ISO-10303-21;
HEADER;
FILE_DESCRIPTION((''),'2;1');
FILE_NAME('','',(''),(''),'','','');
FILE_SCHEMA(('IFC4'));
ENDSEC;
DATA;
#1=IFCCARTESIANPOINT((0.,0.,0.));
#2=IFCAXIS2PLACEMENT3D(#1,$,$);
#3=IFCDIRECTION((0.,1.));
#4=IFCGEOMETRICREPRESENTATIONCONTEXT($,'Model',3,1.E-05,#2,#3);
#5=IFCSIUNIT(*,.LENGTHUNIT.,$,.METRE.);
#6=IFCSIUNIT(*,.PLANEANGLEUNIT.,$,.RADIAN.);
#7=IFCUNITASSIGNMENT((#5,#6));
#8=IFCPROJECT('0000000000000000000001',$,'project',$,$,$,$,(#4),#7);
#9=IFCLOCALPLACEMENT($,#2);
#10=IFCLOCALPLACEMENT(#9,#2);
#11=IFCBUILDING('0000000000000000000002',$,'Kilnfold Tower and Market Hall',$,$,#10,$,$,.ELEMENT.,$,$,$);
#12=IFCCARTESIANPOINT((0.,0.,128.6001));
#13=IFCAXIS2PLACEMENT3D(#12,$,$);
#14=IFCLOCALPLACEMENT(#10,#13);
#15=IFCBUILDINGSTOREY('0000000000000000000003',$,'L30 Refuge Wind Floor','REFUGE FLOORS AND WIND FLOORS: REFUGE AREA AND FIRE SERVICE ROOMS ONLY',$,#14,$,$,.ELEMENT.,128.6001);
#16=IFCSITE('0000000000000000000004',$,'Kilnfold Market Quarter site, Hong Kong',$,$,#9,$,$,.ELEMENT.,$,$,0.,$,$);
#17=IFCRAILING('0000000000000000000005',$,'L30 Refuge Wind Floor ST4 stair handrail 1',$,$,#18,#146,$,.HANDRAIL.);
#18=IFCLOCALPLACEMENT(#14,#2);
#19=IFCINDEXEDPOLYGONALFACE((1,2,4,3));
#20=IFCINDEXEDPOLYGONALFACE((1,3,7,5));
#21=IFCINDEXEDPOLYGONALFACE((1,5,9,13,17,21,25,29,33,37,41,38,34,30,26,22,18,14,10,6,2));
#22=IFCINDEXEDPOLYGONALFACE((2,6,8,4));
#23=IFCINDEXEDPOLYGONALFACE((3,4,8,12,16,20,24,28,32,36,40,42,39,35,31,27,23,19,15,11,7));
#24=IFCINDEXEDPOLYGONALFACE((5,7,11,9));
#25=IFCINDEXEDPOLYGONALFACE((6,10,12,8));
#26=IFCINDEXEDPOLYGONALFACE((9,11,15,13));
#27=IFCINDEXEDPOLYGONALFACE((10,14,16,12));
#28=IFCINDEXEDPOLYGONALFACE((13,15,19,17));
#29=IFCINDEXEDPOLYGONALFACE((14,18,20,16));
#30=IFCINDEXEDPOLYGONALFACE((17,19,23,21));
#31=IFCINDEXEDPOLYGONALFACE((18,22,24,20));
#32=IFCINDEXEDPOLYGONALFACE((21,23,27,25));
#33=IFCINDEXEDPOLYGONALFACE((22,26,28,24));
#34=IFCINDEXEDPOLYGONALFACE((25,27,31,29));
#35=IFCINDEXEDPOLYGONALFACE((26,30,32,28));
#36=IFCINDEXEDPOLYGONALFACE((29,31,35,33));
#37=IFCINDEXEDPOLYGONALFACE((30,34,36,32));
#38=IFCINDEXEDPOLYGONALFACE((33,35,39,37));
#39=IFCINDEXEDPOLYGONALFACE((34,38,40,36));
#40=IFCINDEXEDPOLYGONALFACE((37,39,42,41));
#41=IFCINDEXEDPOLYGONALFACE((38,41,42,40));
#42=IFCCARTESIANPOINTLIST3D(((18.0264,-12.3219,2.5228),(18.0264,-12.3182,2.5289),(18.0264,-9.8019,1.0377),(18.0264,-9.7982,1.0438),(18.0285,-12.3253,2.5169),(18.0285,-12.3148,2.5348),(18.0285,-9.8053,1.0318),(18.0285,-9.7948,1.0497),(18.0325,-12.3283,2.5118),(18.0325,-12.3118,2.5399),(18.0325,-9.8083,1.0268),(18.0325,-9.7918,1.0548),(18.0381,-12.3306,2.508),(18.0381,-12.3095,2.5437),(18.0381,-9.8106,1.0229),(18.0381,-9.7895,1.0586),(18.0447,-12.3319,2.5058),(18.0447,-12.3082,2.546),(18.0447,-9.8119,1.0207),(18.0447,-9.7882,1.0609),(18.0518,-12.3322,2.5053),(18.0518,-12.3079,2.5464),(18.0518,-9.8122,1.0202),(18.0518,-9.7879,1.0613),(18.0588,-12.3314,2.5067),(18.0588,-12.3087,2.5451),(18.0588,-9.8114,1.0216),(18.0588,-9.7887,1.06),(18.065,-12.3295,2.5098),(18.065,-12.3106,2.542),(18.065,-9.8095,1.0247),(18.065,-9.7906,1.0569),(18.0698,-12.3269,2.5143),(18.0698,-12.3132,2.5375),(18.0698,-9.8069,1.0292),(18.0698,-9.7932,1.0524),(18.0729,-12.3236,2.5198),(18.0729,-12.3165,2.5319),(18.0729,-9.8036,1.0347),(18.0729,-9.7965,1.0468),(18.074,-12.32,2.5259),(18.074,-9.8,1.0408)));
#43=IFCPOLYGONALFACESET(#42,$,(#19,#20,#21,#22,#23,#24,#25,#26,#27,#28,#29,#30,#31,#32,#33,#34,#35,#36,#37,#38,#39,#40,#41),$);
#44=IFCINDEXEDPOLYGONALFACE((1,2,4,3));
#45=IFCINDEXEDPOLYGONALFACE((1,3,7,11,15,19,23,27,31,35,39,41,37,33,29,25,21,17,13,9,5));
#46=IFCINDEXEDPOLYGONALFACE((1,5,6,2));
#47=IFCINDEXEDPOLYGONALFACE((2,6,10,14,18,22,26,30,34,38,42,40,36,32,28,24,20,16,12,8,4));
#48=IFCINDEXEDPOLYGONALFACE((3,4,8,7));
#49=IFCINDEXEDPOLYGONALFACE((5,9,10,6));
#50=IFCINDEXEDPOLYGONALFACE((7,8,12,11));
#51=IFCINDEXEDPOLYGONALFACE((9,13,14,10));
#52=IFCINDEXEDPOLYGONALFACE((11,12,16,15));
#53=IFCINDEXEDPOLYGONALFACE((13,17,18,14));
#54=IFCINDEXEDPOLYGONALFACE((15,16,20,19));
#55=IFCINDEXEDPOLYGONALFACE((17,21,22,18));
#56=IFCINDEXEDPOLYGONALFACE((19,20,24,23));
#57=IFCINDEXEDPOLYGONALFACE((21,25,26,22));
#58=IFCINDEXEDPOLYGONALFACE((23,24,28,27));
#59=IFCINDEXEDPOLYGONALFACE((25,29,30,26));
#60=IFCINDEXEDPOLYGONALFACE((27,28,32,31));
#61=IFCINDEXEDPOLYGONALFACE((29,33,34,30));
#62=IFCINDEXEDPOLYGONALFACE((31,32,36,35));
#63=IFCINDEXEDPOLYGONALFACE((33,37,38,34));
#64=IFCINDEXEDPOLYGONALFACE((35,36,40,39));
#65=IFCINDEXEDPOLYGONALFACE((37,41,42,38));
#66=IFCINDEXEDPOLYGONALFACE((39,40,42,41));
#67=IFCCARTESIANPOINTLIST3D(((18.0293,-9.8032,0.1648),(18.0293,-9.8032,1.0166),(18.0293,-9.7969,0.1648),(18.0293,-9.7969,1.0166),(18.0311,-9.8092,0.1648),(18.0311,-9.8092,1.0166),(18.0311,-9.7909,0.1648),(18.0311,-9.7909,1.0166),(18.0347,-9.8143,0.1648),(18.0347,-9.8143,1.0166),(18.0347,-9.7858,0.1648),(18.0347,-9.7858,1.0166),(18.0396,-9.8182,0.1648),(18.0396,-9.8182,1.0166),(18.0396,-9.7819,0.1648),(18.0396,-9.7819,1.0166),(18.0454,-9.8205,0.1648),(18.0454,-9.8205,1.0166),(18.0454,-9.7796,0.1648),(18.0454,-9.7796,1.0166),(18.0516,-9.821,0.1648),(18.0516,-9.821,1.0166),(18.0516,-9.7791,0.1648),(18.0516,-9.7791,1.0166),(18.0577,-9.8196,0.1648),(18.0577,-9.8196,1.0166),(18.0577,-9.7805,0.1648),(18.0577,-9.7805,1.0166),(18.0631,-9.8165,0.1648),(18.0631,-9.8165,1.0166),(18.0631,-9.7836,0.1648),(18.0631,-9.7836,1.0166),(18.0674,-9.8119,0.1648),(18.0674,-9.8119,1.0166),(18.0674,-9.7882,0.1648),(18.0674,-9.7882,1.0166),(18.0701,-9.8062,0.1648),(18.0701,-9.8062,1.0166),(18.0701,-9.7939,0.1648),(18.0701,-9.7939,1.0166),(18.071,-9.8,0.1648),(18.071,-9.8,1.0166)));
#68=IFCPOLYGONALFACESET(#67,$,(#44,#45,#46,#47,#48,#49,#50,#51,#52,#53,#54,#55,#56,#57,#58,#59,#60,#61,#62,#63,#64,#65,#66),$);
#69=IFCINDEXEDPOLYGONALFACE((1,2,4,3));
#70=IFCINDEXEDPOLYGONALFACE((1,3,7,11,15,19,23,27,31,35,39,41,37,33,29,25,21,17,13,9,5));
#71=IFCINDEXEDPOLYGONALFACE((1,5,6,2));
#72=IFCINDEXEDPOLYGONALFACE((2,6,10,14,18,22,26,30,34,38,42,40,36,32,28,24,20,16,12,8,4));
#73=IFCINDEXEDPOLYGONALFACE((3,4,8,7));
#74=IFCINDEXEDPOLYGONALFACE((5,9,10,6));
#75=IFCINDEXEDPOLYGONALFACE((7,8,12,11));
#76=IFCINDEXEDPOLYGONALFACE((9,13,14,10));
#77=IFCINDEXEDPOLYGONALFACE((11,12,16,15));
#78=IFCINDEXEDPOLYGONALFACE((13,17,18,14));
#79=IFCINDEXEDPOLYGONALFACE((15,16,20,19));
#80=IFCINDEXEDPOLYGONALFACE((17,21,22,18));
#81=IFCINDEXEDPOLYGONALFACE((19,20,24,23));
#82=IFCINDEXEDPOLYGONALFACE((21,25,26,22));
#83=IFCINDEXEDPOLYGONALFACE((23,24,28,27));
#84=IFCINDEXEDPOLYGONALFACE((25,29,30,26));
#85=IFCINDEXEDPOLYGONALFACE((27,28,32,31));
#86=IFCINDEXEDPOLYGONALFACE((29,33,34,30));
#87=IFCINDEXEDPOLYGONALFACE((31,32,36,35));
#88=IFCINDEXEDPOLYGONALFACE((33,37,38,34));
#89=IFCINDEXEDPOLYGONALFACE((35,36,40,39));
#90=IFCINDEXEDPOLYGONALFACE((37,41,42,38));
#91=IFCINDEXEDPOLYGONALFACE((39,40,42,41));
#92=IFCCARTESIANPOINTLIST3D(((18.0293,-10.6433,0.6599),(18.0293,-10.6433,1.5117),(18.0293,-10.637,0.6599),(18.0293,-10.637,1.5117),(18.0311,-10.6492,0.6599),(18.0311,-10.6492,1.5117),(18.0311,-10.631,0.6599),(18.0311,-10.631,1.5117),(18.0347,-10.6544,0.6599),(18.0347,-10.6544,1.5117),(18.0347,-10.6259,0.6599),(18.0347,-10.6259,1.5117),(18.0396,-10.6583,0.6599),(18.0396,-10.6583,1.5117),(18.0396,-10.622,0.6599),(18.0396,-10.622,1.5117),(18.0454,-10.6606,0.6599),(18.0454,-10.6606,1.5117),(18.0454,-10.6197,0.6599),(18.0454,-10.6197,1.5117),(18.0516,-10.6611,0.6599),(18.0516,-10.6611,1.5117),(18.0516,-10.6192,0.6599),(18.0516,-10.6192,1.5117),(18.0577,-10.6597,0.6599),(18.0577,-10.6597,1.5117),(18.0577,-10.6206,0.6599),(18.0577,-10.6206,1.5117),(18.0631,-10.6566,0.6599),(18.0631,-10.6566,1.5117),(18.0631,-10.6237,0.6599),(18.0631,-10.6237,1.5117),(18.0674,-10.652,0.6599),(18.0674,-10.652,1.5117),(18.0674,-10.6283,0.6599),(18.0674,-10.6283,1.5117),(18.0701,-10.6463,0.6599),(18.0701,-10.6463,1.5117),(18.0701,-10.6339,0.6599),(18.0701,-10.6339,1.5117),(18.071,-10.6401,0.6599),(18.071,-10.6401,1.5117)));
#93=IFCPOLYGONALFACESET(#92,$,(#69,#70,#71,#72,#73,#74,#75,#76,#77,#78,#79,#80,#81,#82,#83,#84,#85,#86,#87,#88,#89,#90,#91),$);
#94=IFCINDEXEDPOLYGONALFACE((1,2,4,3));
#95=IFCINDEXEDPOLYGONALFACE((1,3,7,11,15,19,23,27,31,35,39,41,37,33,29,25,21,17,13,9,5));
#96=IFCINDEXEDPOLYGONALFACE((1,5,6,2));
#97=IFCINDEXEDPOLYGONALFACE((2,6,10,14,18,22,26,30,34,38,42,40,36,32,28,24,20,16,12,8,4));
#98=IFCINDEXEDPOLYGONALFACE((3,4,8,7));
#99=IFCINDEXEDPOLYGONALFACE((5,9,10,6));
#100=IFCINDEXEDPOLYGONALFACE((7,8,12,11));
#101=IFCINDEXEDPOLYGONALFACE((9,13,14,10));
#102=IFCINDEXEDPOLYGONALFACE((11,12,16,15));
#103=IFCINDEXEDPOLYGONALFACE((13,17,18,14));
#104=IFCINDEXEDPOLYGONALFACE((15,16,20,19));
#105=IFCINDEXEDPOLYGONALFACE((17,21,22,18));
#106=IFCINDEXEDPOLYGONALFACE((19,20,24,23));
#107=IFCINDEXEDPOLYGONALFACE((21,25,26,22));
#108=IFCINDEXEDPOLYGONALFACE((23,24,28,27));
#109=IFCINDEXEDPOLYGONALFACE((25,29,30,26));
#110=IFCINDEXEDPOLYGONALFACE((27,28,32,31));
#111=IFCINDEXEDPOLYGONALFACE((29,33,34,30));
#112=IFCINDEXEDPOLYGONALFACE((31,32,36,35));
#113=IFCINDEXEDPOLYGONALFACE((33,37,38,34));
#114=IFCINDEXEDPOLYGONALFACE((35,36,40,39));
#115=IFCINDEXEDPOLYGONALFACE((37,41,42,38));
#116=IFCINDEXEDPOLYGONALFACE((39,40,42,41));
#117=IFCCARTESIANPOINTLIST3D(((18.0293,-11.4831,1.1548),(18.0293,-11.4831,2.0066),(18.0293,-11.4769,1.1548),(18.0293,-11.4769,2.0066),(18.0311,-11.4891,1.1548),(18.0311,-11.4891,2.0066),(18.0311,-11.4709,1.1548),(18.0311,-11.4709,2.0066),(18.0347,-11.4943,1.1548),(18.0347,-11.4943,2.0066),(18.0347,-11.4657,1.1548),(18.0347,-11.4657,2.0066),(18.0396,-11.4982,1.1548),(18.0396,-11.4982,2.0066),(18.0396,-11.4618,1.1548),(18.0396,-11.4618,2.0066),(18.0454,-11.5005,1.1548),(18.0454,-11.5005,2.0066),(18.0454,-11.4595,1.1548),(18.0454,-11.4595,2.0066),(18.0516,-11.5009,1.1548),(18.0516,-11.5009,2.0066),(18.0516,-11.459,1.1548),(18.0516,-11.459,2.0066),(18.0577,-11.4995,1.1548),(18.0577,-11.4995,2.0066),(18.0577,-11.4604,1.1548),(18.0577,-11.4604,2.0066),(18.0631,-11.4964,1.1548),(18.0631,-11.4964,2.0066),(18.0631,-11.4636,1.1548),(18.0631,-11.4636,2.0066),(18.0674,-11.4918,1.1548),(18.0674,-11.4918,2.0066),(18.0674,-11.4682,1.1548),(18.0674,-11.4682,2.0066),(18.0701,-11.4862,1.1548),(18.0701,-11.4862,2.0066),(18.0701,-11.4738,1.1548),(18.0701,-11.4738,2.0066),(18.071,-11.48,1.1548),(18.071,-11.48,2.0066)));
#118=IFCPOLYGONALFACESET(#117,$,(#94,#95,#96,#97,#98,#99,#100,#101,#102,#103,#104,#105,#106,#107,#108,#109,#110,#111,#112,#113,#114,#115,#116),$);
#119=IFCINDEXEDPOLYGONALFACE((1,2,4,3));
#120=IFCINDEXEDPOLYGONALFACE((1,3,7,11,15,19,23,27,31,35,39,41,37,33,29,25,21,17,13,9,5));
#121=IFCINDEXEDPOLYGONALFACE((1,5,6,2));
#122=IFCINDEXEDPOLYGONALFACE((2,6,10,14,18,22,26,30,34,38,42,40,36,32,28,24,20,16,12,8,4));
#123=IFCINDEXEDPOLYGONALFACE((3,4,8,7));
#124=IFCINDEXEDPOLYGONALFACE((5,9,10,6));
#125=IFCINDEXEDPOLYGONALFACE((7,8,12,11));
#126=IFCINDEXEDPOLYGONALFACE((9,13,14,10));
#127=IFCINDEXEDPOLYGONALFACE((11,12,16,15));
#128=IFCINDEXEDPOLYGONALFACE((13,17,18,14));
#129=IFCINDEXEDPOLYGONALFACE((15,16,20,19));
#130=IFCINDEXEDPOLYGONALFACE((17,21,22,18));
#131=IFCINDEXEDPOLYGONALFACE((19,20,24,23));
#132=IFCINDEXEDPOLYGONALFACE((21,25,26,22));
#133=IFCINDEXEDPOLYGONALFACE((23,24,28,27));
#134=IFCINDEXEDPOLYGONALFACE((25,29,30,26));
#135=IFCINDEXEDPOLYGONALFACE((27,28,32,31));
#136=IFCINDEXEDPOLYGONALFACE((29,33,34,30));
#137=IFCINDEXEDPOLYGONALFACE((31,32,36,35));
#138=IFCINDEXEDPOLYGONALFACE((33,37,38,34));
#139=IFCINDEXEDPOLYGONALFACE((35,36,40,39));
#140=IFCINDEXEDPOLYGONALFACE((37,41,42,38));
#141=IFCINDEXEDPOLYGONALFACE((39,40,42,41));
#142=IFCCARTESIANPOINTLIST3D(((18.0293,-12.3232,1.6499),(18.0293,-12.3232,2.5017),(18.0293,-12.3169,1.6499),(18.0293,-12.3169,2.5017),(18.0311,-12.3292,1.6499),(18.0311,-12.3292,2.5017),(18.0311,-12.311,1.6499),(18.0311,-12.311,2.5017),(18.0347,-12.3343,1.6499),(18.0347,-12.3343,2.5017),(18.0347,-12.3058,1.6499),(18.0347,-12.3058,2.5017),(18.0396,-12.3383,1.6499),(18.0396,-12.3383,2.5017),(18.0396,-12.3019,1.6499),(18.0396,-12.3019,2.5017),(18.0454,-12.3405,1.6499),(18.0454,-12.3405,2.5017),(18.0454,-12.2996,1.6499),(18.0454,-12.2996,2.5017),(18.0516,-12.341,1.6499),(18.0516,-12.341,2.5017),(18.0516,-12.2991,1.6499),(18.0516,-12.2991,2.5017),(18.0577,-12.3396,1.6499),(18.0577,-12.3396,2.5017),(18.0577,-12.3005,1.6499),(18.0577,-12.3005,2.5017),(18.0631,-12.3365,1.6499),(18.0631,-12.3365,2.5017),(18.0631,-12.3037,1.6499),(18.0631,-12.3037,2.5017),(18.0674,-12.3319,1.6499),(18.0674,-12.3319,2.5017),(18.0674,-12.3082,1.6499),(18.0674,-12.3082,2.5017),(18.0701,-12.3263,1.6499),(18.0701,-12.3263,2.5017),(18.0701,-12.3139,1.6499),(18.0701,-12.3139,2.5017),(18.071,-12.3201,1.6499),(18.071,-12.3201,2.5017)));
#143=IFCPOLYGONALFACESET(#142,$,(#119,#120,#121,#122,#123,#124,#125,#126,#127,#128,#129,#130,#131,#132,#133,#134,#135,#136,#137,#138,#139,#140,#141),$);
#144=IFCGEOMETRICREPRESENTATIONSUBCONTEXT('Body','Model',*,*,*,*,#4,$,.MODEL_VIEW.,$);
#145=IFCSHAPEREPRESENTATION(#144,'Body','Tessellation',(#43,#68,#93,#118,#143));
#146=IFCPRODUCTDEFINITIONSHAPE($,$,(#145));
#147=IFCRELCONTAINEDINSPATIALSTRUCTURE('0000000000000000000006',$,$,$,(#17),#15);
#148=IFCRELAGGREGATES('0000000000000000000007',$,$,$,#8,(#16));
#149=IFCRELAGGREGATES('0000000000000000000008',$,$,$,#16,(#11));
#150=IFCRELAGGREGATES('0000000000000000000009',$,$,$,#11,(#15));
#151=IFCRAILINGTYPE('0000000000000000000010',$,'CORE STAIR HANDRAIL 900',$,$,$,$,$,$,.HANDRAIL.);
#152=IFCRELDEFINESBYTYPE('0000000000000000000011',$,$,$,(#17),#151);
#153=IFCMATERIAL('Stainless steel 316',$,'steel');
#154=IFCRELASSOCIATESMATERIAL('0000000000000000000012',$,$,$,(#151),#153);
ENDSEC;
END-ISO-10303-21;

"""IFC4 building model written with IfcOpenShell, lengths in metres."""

from ifc_helpers import new_model, si_unit, direction, frame, origin, origin_2d, place, context, subcontext, project, spatial, circle, extrude, material, type_object, element, save


model = new_model("IFC4")

# Units and contexts
model_context = context("Model", 3, precision=1e-05, world=origin(), true_north=direction((0.0, 1.0)))
body_context = subcontext(model_context, "Body", "Model", "MODEL_VIEW")
ifc_project = project(units=[si_unit("LENGTHUNIT", "METRE"), si_unit("PLANEANGLEUNIT", "RADIAN")], contexts=[model_context])

# Site, building, storey
site_placement = place(None, origin())
site = spatial("IfcSite", under=ifc_project, at=site_placement, Name="Kilnfold Market Quarter site, Hong Kong", CompositionType="ELEMENT", RefElevation=0.0)
building_placement = place(site_placement, origin())
building = spatial("IfcBuilding", under=site, at=building_placement, Name="Kilnfold Tower and Market Hall", CompositionType="ELEMENT")
storey_placement = place(building_placement, frame((0.0, 0.0, 128.6001)))
storey = spatial("IfcBuildingStorey", under=building, at=storey_placement, Name="L30 Refuge Wind Floor", Description="REFUGE FLOORS AND WIND FLOORS: REFUGE AREA AND FIRE SERVICE ROOMS ONLY", CompositionType="ELEMENT", Elevation=128.6001)

# Railing
ifc_material_1 = material(Name="Stainless steel 316", Category="steel")
railing_type_1 = type_object("IfcRailingType", Name="CORE STAIR HANDRAIL 900", PredefinedType="HANDRAIL", material=ifc_material_1)
railing_1_placement = place(storey_placement, frame((18.05, -9.8, 0.1648)))
element("IfcRailing", 1, at=railing_1_placement, inside=storey, type_object=railing_type_1, Name="L30 Refuge Wind Floor ST4 stair handrail 1", PredefinedType="HANDRAIL", context=body_context, shape_type="SweptSolid", body=[
    extrude(circle(Radius=0.0239, at=origin_2d()), frame((0.0, 0.0, 0.876), z_axis=(0.0, -0.861524, 0.507717), x_axis=(1.0, 0.0, 0.0)), (0.0, 0.0, 1.0), 2.925),
    extrude(circle(Radius=0.021, at=origin_2d()), origin(), (0.0, 0.0, 1.0), 0.8518),
    extrude(circle(Radius=0.021, at=origin_2d()), frame((0.0, -0.8401, 0.4951)), (0.0, 0.0, 1.0), 0.8518),
    extrude(circle(Radius=0.021, at=origin_2d()), frame((0.0, -1.6799, 0.99)), (0.0, 0.0, 1.0), 0.8518),
    extrude(circle(Radius=0.021, at=origin_2d()), frame((0.0, -2.52, 1.4851)), (0.0, 0.0, 1.0), 0.8518),
])

save(model, "model.ifc")
